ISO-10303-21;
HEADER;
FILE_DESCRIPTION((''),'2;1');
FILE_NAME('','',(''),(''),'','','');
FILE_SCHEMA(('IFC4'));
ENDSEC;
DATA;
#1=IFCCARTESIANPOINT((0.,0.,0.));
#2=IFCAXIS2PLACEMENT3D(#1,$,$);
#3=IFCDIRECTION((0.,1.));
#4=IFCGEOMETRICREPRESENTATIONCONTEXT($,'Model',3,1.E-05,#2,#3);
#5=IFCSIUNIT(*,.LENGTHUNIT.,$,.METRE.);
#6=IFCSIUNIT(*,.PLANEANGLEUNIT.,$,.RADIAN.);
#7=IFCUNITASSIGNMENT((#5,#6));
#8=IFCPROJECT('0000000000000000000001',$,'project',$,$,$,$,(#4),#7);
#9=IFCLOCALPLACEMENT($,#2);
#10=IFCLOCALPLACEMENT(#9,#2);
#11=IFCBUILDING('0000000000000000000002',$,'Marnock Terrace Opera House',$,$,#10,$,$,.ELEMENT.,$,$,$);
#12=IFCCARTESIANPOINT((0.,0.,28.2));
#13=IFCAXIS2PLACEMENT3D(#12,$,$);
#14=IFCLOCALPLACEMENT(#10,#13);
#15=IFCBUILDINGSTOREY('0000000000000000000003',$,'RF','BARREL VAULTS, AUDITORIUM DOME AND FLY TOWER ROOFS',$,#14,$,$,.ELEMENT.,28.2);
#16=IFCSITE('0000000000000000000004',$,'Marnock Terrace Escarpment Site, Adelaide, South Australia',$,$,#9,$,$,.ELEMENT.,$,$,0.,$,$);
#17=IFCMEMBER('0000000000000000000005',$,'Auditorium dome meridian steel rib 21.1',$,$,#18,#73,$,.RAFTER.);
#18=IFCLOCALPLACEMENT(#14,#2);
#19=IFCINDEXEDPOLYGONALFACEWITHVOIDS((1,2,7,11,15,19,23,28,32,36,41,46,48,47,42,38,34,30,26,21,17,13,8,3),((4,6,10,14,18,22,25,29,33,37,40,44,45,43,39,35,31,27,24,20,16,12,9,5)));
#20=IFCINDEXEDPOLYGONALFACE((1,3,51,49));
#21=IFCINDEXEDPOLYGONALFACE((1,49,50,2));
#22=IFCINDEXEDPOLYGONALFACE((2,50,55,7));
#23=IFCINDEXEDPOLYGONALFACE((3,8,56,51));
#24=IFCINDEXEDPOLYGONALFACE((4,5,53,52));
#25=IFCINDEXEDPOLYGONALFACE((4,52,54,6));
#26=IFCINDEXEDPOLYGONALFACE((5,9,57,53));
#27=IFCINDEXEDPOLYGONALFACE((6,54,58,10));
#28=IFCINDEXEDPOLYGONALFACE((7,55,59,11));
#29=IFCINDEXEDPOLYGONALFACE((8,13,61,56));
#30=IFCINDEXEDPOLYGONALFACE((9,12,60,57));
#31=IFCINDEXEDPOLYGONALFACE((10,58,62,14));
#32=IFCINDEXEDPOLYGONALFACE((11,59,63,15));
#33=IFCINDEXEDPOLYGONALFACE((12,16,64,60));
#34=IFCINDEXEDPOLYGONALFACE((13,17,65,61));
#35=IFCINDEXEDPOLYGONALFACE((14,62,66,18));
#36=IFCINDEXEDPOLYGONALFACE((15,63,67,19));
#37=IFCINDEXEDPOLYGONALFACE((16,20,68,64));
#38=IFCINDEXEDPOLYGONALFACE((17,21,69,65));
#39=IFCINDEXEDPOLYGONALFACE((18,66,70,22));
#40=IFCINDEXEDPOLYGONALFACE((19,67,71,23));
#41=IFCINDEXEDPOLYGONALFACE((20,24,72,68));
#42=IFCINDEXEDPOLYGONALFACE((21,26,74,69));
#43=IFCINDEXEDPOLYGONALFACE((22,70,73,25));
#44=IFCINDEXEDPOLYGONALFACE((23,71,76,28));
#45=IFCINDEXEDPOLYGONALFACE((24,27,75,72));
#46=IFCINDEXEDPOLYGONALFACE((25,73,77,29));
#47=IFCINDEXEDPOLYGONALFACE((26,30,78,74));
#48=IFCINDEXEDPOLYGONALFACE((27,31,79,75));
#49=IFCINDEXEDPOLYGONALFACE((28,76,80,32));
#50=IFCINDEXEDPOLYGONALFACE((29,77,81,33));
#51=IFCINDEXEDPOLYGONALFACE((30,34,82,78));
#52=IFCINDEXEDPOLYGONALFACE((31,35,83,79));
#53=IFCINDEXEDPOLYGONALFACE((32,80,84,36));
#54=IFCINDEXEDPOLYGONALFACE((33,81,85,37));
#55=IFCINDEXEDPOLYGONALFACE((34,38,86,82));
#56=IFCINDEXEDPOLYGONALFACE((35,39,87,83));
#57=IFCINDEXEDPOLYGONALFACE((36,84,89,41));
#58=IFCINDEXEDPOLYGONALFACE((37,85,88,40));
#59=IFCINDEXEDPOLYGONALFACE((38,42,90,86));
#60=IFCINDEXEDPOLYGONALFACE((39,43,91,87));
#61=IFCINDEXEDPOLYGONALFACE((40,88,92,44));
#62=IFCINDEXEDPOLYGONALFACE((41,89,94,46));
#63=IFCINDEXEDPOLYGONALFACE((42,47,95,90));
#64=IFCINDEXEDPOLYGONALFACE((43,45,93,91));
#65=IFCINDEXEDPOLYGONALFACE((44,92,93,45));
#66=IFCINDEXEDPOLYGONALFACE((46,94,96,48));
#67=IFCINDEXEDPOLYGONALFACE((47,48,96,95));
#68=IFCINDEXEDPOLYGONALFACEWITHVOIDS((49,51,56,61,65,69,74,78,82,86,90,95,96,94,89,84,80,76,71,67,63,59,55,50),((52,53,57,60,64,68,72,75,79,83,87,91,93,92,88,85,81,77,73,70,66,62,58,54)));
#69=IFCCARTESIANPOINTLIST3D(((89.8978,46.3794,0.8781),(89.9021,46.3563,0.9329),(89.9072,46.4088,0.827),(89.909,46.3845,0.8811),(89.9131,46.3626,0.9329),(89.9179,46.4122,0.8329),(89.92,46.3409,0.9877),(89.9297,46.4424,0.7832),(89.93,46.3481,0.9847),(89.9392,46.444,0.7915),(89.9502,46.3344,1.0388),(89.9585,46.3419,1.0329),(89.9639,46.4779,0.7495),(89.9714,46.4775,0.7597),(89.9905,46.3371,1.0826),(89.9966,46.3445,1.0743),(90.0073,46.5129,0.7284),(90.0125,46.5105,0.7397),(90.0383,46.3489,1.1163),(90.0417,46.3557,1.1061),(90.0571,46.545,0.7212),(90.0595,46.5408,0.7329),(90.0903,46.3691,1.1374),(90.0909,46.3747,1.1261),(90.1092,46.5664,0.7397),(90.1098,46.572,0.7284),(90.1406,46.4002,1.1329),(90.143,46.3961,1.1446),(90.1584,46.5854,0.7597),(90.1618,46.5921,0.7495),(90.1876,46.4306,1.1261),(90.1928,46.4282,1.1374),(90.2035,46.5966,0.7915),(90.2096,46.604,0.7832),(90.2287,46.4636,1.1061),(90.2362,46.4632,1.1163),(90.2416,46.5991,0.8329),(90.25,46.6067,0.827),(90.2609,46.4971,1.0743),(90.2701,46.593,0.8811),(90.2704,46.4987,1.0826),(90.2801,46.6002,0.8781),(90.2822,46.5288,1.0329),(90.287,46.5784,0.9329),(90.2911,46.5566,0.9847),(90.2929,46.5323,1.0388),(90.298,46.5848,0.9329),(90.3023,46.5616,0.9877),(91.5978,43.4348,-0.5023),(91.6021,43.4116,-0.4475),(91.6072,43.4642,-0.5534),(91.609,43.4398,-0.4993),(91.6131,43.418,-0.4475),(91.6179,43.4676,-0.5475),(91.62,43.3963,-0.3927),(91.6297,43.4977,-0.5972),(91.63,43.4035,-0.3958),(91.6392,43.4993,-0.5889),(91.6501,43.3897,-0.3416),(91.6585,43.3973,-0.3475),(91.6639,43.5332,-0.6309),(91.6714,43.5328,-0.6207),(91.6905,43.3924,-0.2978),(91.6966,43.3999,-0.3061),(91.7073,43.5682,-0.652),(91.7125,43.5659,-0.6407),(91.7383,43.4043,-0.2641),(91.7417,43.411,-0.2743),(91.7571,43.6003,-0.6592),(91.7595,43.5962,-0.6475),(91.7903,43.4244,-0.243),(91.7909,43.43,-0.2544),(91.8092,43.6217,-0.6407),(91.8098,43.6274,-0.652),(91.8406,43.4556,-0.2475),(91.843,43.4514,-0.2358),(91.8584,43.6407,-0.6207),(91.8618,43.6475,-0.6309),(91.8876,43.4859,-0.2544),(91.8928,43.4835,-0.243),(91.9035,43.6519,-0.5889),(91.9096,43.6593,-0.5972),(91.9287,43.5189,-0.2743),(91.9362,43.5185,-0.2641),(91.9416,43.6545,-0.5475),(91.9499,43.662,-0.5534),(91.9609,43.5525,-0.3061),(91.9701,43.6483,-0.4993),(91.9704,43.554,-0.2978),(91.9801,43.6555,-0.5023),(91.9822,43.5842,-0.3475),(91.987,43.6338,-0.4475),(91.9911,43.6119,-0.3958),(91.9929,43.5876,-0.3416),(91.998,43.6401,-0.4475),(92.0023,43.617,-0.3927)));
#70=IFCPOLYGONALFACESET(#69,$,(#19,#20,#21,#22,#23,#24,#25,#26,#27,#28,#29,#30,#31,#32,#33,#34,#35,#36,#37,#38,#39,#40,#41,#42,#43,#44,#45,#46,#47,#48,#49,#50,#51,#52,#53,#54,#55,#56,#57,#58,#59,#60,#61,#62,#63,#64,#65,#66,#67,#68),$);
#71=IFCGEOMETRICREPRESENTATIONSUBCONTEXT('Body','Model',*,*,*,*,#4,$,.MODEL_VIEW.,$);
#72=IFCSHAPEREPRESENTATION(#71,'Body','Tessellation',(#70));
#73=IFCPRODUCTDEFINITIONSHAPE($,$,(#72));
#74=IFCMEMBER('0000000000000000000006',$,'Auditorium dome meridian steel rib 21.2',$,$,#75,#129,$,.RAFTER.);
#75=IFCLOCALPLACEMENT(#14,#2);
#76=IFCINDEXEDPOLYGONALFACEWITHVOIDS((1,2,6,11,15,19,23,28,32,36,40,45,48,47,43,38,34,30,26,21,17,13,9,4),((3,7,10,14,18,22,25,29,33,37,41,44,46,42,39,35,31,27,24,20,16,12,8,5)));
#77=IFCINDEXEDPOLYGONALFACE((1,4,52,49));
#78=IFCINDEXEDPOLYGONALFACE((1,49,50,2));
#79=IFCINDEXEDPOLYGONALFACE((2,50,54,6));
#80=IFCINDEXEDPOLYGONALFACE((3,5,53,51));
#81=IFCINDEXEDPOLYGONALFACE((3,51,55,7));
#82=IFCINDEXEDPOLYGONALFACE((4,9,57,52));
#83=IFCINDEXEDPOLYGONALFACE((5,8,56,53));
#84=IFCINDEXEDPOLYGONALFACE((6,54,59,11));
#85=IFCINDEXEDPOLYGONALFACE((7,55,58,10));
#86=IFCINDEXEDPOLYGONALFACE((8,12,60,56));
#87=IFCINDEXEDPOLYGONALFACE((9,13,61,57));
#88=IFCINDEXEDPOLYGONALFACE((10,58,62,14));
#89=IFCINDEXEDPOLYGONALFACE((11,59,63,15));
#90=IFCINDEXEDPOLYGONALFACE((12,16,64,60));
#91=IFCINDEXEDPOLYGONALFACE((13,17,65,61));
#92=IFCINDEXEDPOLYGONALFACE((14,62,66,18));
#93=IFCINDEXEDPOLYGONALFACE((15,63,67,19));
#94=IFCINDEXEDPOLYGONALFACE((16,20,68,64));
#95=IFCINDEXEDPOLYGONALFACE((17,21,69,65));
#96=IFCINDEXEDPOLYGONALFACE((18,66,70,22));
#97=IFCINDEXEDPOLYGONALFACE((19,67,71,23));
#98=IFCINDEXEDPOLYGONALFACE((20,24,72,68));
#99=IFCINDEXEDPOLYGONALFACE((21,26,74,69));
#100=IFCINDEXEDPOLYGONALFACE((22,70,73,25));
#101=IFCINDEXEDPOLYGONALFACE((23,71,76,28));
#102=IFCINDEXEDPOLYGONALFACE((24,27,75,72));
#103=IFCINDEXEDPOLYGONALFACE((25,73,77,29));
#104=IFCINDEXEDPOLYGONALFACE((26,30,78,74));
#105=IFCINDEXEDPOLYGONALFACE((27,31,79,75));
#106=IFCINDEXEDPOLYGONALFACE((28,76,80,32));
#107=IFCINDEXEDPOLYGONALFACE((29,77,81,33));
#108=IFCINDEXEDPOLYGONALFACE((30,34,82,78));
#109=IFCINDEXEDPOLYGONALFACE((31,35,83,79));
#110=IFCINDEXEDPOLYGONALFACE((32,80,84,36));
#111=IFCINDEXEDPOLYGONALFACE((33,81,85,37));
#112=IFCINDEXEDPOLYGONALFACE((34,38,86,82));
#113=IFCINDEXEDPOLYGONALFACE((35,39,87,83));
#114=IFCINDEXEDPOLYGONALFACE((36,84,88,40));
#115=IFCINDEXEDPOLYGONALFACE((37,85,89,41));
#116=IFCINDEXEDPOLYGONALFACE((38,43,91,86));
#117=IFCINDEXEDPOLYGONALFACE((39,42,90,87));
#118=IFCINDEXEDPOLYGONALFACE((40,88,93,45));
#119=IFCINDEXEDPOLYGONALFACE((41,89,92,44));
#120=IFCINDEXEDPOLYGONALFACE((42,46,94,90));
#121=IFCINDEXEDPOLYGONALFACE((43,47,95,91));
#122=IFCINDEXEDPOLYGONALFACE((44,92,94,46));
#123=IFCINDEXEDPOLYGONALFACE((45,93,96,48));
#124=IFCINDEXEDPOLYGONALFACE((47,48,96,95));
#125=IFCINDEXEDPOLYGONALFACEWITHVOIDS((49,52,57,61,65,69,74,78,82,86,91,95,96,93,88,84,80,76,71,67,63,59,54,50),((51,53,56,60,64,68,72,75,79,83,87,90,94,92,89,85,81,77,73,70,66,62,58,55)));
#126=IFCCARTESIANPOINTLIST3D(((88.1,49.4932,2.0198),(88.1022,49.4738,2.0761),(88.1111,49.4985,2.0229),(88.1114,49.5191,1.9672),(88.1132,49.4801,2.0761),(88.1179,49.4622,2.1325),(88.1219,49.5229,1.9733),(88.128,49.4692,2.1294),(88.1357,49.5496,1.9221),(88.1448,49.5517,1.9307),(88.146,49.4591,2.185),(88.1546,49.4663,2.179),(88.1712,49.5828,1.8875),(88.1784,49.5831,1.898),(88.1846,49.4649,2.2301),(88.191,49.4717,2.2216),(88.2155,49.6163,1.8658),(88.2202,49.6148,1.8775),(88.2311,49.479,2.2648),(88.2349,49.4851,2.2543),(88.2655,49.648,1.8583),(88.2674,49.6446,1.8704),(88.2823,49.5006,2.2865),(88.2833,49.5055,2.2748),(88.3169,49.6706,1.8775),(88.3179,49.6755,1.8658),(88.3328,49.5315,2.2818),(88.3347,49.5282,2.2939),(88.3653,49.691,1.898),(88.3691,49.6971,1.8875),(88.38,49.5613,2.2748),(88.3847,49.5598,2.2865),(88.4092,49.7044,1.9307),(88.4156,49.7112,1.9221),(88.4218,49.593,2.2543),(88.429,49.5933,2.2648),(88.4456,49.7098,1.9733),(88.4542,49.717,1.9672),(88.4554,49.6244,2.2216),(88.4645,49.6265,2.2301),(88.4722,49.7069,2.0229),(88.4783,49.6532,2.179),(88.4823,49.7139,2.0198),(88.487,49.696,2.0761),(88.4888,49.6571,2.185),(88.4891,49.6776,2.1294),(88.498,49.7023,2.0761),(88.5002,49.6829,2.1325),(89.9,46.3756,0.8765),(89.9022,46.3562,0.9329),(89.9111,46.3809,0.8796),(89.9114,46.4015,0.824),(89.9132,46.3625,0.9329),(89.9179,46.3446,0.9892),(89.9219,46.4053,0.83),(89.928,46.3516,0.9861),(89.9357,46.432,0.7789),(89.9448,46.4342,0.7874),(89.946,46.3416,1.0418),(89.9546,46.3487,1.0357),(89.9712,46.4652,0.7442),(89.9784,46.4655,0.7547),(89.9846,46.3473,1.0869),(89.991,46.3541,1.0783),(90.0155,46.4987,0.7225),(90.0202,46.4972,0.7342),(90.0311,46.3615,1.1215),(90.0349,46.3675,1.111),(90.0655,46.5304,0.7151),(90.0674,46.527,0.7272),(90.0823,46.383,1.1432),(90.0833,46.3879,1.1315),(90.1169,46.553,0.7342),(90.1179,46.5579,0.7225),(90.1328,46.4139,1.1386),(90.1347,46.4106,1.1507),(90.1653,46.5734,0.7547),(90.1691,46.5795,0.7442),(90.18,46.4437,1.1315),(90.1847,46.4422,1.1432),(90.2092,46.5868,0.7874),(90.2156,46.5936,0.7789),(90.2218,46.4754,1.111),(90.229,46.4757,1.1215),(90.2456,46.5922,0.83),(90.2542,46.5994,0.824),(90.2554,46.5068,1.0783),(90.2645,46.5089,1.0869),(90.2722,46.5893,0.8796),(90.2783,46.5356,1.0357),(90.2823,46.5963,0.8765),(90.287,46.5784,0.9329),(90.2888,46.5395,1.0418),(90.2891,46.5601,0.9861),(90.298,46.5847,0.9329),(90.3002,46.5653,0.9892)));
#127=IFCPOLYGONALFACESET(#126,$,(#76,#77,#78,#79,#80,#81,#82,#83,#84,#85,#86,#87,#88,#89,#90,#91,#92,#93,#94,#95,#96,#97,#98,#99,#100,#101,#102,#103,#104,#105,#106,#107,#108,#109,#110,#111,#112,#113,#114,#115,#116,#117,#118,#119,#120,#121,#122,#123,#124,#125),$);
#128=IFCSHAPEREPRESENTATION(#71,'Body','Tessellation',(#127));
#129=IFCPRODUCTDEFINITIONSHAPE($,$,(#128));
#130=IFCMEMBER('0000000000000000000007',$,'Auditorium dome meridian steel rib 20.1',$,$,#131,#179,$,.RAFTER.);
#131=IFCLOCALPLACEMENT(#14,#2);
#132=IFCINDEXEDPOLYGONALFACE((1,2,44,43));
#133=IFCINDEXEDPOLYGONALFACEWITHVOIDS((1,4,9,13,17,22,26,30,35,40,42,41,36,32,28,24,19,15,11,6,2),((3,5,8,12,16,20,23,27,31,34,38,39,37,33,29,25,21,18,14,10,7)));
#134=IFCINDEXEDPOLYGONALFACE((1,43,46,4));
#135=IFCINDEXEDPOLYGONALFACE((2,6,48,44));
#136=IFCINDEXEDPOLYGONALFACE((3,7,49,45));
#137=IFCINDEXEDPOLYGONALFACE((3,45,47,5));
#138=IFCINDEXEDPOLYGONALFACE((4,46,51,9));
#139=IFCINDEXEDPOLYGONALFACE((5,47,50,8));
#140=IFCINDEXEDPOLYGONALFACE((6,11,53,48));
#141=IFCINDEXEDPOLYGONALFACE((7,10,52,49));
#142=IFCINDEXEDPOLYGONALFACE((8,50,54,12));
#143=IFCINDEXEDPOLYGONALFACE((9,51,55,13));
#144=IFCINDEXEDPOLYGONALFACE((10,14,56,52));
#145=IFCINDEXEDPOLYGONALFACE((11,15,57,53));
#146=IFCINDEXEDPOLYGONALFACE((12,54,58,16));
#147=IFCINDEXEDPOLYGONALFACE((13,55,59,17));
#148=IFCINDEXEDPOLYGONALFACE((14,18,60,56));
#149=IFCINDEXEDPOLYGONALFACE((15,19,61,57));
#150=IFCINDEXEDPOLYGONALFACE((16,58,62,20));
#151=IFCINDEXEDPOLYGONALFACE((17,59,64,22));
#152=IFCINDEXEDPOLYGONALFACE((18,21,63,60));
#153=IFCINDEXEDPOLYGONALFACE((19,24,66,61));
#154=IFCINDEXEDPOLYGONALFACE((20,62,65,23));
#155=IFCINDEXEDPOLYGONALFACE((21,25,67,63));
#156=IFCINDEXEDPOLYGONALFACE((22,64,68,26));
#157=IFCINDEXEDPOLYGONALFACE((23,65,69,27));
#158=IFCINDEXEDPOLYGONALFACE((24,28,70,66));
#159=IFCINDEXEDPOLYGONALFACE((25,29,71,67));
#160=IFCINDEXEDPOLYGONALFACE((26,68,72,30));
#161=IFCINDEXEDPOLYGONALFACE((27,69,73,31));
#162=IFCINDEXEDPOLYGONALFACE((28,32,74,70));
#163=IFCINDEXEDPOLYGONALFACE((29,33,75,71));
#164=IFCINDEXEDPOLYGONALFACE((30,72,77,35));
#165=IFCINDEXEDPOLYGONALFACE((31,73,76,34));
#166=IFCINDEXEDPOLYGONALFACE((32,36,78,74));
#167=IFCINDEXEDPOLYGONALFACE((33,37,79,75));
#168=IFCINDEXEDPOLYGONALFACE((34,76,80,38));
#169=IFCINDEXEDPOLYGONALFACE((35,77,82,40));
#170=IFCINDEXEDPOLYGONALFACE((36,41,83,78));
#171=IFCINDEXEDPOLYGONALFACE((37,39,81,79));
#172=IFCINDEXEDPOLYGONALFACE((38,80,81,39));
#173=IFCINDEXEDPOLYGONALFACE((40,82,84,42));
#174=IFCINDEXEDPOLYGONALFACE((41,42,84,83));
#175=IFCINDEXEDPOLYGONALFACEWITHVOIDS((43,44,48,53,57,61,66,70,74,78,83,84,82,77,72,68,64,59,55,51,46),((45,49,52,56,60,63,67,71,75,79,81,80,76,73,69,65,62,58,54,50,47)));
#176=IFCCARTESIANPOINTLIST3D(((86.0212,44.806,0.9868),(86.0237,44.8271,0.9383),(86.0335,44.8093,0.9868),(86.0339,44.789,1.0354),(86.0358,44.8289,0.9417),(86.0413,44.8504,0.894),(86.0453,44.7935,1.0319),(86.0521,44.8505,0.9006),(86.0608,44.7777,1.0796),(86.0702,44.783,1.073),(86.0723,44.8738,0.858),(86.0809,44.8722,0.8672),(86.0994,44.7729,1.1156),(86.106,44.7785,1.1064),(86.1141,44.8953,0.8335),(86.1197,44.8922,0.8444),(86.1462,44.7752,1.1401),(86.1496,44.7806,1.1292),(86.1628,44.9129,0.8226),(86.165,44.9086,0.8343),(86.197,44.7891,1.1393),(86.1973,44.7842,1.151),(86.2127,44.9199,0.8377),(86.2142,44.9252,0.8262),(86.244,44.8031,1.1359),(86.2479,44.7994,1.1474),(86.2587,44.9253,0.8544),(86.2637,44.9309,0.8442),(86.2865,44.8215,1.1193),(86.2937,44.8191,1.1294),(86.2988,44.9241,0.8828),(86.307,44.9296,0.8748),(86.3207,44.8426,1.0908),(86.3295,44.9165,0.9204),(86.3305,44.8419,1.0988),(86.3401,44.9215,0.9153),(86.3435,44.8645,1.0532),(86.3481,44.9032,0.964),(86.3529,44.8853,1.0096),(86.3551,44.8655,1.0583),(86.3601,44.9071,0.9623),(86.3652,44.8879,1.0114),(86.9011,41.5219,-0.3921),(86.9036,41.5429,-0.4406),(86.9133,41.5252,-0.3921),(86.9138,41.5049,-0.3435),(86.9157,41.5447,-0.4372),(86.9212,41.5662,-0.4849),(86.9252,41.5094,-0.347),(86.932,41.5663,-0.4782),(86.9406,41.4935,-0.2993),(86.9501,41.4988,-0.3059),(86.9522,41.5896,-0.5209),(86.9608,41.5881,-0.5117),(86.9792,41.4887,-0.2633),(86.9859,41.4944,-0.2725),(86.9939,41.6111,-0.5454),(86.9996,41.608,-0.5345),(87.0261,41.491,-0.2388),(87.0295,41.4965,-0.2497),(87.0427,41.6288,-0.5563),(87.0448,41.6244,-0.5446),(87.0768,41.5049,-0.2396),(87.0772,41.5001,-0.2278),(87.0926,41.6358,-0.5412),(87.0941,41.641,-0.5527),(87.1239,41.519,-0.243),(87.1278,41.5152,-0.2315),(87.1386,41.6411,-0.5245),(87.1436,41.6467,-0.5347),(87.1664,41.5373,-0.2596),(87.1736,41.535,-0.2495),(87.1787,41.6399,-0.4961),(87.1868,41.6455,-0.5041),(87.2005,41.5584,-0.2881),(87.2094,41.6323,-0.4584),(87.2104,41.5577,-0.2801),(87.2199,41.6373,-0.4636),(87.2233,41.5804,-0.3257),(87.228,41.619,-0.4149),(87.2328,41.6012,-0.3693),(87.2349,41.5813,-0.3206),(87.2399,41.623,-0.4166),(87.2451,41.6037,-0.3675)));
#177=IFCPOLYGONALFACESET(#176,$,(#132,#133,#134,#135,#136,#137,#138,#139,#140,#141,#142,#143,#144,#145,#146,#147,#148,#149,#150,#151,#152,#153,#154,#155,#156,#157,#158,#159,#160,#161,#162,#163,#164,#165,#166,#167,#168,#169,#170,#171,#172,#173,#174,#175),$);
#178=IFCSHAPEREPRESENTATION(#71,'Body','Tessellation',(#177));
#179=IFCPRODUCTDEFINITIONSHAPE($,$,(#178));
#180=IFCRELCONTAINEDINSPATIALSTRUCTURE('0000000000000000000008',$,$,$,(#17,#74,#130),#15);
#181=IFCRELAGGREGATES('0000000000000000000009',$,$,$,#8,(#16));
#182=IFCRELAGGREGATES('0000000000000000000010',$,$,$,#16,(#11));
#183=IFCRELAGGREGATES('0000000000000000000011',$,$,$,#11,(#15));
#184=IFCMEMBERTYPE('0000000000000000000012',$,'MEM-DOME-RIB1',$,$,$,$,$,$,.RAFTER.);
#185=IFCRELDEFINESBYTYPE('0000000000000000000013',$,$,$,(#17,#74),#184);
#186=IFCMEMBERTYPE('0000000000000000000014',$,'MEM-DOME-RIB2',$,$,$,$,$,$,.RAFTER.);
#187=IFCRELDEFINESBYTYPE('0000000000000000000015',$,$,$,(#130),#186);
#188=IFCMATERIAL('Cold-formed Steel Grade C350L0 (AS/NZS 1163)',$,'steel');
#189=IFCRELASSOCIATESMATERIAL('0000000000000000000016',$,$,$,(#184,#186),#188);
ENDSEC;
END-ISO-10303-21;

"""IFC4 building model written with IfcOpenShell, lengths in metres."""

from ifc_helpers import new_model, si_unit, direction, frame, origin, origin_2d, place, context, subcontext, project, spatial, hollow_circle, extrude, material, material_profile, profile_set, type_object, element, save


model = new_model("IFC4")

# Units and contexts
model_context = context("Model", 3, precision=1e-05, world=origin(), true_north=direction((0.0, 1.0)))
body_context = subcontext(model_context, "Body", "Model", "MODEL_VIEW")
ifc_project = project(units=[si_unit("LENGTHUNIT", "METRE"), si_unit("PLANEANGLEUNIT", "RADIAN")], contexts=[model_context])

# Site, building, storey
site_placement = place(None, origin())
site = spatial("IfcSite", under=ifc_project, at=site_placement, Name="Marnock Terrace Escarpment Site, Adelaide, South Australia", CompositionType="ELEMENT", RefElevation=0.0)
building_placement = place(site_placement, origin())
building = spatial("IfcBuilding", under=site, at=building_placement, Name="Marnock Terrace Opera House", CompositionType="ELEMENT")
storey_placement = place(building_placement, frame((0.0, 0.0, 28.2)))
storey = spatial("IfcBuildingStorey", under=building, at=storey_placement, Name="RF", Description="BARREL VAULTS, AUDITORIUM DOME AND FLY TOWER ROOFS", CompositionType="ELEMENT", Elevation=28.2)

# Members
ifc_material_1 = material(Name="Cold-formed Steel Grade C350L0 (AS/NZS 1163)", Category="steel")
ifc_material_profile_1 = material_profile(ifc_material_1, hollow_circle(Radius=0.2285, WallThickness=0.0127, at=origin_2d()))
ifc_profile_set_1 = profile_set([ifc_material_profile_1], Name="Cold-formed Steel Grade C350L0 (AS/NZS 1163)")
member_type_1 = type_object("IfcMemberType", Name="MEM-DOME-RIB1", PredefinedType="RAFTER", material=ifc_profile_set_1)
member_1_placement = place(storey_placement, frame((91.8, 43.5259, -0.4475), z_axis=(-0.463255, 0.80243, 0.376166), x_axis=(-0.866039, -0.499977, 0.0)))
element("IfcMember", 1, at=member_1_placement, inside=storey, type_object=member_type_1, Name="Auditorium dome meridian steel rib 21.1", PredefinedType="RAFTER", context=body_context, shape_type="SweptSolid", body=[
    extrude(hollow_circle(Radius=0.2285, WallThickness=0.0127, at=origin_2d()), origin(), (0.0, 0.0, 1.0), 3.6697),
])
member_2_placement = place(storey_placement, frame((90.1001, 46.4705, 0.9329), z_axis=(-0.476556, 0.825393, 0.302687), x_axis=(-0.866018, -0.500012, 0.0)))
element("IfcMember", 2, at=member_2_placement, inside=storey, type_object=member_type_1, Name="Auditorium dome meridian steel rib 21.2", PredefinedType="RAFTER", context=body_context, shape_type="SweptSolid", body=[
    extrude(hollow_circle(Radius=0.2285, WallThickness=0.0127, at=origin_2d()), origin(), (0.0, 0.0, 1.0), 3.7771),
])
ifc_material_profile_2 = material_profile(ifc_material_1, hollow_circle(Radius=0.1777, WallThickness=0.0127, at=origin_2d()))
ifc_profile_set_2 = profile_set([ifc_material_profile_2], Name="Cold-formed Steel Grade C350L0 (AS/NZS 1163)")
member_type_2 = type_object("IfcMemberType", Name="MEM-DOME-RIB2", PredefinedType="RAFTER", material=ifc_profile_set_2)
member_3_placement = place(storey_placement, frame((87.0728, 41.5679, -0.3921), z_axis=(-0.239817, 0.895121, 0.375828), x_axis=(-0.965934, -0.258789, 0.0)))
element("IfcMember", 3, at=member_3_placement, inside=storey, type_object=member_type_2, Name="Auditorium dome meridian steel rib 20.1", PredefinedType="RAFTER", context=body_context, shape_type="SweptSolid", body=[
    extrude(hollow_circle(Radius=0.1777, WallThickness=0.0127, at=origin_2d()), origin(), (0.0, 0.0, 1.0), 3.6689),
])

save(model, "model.ifc")
